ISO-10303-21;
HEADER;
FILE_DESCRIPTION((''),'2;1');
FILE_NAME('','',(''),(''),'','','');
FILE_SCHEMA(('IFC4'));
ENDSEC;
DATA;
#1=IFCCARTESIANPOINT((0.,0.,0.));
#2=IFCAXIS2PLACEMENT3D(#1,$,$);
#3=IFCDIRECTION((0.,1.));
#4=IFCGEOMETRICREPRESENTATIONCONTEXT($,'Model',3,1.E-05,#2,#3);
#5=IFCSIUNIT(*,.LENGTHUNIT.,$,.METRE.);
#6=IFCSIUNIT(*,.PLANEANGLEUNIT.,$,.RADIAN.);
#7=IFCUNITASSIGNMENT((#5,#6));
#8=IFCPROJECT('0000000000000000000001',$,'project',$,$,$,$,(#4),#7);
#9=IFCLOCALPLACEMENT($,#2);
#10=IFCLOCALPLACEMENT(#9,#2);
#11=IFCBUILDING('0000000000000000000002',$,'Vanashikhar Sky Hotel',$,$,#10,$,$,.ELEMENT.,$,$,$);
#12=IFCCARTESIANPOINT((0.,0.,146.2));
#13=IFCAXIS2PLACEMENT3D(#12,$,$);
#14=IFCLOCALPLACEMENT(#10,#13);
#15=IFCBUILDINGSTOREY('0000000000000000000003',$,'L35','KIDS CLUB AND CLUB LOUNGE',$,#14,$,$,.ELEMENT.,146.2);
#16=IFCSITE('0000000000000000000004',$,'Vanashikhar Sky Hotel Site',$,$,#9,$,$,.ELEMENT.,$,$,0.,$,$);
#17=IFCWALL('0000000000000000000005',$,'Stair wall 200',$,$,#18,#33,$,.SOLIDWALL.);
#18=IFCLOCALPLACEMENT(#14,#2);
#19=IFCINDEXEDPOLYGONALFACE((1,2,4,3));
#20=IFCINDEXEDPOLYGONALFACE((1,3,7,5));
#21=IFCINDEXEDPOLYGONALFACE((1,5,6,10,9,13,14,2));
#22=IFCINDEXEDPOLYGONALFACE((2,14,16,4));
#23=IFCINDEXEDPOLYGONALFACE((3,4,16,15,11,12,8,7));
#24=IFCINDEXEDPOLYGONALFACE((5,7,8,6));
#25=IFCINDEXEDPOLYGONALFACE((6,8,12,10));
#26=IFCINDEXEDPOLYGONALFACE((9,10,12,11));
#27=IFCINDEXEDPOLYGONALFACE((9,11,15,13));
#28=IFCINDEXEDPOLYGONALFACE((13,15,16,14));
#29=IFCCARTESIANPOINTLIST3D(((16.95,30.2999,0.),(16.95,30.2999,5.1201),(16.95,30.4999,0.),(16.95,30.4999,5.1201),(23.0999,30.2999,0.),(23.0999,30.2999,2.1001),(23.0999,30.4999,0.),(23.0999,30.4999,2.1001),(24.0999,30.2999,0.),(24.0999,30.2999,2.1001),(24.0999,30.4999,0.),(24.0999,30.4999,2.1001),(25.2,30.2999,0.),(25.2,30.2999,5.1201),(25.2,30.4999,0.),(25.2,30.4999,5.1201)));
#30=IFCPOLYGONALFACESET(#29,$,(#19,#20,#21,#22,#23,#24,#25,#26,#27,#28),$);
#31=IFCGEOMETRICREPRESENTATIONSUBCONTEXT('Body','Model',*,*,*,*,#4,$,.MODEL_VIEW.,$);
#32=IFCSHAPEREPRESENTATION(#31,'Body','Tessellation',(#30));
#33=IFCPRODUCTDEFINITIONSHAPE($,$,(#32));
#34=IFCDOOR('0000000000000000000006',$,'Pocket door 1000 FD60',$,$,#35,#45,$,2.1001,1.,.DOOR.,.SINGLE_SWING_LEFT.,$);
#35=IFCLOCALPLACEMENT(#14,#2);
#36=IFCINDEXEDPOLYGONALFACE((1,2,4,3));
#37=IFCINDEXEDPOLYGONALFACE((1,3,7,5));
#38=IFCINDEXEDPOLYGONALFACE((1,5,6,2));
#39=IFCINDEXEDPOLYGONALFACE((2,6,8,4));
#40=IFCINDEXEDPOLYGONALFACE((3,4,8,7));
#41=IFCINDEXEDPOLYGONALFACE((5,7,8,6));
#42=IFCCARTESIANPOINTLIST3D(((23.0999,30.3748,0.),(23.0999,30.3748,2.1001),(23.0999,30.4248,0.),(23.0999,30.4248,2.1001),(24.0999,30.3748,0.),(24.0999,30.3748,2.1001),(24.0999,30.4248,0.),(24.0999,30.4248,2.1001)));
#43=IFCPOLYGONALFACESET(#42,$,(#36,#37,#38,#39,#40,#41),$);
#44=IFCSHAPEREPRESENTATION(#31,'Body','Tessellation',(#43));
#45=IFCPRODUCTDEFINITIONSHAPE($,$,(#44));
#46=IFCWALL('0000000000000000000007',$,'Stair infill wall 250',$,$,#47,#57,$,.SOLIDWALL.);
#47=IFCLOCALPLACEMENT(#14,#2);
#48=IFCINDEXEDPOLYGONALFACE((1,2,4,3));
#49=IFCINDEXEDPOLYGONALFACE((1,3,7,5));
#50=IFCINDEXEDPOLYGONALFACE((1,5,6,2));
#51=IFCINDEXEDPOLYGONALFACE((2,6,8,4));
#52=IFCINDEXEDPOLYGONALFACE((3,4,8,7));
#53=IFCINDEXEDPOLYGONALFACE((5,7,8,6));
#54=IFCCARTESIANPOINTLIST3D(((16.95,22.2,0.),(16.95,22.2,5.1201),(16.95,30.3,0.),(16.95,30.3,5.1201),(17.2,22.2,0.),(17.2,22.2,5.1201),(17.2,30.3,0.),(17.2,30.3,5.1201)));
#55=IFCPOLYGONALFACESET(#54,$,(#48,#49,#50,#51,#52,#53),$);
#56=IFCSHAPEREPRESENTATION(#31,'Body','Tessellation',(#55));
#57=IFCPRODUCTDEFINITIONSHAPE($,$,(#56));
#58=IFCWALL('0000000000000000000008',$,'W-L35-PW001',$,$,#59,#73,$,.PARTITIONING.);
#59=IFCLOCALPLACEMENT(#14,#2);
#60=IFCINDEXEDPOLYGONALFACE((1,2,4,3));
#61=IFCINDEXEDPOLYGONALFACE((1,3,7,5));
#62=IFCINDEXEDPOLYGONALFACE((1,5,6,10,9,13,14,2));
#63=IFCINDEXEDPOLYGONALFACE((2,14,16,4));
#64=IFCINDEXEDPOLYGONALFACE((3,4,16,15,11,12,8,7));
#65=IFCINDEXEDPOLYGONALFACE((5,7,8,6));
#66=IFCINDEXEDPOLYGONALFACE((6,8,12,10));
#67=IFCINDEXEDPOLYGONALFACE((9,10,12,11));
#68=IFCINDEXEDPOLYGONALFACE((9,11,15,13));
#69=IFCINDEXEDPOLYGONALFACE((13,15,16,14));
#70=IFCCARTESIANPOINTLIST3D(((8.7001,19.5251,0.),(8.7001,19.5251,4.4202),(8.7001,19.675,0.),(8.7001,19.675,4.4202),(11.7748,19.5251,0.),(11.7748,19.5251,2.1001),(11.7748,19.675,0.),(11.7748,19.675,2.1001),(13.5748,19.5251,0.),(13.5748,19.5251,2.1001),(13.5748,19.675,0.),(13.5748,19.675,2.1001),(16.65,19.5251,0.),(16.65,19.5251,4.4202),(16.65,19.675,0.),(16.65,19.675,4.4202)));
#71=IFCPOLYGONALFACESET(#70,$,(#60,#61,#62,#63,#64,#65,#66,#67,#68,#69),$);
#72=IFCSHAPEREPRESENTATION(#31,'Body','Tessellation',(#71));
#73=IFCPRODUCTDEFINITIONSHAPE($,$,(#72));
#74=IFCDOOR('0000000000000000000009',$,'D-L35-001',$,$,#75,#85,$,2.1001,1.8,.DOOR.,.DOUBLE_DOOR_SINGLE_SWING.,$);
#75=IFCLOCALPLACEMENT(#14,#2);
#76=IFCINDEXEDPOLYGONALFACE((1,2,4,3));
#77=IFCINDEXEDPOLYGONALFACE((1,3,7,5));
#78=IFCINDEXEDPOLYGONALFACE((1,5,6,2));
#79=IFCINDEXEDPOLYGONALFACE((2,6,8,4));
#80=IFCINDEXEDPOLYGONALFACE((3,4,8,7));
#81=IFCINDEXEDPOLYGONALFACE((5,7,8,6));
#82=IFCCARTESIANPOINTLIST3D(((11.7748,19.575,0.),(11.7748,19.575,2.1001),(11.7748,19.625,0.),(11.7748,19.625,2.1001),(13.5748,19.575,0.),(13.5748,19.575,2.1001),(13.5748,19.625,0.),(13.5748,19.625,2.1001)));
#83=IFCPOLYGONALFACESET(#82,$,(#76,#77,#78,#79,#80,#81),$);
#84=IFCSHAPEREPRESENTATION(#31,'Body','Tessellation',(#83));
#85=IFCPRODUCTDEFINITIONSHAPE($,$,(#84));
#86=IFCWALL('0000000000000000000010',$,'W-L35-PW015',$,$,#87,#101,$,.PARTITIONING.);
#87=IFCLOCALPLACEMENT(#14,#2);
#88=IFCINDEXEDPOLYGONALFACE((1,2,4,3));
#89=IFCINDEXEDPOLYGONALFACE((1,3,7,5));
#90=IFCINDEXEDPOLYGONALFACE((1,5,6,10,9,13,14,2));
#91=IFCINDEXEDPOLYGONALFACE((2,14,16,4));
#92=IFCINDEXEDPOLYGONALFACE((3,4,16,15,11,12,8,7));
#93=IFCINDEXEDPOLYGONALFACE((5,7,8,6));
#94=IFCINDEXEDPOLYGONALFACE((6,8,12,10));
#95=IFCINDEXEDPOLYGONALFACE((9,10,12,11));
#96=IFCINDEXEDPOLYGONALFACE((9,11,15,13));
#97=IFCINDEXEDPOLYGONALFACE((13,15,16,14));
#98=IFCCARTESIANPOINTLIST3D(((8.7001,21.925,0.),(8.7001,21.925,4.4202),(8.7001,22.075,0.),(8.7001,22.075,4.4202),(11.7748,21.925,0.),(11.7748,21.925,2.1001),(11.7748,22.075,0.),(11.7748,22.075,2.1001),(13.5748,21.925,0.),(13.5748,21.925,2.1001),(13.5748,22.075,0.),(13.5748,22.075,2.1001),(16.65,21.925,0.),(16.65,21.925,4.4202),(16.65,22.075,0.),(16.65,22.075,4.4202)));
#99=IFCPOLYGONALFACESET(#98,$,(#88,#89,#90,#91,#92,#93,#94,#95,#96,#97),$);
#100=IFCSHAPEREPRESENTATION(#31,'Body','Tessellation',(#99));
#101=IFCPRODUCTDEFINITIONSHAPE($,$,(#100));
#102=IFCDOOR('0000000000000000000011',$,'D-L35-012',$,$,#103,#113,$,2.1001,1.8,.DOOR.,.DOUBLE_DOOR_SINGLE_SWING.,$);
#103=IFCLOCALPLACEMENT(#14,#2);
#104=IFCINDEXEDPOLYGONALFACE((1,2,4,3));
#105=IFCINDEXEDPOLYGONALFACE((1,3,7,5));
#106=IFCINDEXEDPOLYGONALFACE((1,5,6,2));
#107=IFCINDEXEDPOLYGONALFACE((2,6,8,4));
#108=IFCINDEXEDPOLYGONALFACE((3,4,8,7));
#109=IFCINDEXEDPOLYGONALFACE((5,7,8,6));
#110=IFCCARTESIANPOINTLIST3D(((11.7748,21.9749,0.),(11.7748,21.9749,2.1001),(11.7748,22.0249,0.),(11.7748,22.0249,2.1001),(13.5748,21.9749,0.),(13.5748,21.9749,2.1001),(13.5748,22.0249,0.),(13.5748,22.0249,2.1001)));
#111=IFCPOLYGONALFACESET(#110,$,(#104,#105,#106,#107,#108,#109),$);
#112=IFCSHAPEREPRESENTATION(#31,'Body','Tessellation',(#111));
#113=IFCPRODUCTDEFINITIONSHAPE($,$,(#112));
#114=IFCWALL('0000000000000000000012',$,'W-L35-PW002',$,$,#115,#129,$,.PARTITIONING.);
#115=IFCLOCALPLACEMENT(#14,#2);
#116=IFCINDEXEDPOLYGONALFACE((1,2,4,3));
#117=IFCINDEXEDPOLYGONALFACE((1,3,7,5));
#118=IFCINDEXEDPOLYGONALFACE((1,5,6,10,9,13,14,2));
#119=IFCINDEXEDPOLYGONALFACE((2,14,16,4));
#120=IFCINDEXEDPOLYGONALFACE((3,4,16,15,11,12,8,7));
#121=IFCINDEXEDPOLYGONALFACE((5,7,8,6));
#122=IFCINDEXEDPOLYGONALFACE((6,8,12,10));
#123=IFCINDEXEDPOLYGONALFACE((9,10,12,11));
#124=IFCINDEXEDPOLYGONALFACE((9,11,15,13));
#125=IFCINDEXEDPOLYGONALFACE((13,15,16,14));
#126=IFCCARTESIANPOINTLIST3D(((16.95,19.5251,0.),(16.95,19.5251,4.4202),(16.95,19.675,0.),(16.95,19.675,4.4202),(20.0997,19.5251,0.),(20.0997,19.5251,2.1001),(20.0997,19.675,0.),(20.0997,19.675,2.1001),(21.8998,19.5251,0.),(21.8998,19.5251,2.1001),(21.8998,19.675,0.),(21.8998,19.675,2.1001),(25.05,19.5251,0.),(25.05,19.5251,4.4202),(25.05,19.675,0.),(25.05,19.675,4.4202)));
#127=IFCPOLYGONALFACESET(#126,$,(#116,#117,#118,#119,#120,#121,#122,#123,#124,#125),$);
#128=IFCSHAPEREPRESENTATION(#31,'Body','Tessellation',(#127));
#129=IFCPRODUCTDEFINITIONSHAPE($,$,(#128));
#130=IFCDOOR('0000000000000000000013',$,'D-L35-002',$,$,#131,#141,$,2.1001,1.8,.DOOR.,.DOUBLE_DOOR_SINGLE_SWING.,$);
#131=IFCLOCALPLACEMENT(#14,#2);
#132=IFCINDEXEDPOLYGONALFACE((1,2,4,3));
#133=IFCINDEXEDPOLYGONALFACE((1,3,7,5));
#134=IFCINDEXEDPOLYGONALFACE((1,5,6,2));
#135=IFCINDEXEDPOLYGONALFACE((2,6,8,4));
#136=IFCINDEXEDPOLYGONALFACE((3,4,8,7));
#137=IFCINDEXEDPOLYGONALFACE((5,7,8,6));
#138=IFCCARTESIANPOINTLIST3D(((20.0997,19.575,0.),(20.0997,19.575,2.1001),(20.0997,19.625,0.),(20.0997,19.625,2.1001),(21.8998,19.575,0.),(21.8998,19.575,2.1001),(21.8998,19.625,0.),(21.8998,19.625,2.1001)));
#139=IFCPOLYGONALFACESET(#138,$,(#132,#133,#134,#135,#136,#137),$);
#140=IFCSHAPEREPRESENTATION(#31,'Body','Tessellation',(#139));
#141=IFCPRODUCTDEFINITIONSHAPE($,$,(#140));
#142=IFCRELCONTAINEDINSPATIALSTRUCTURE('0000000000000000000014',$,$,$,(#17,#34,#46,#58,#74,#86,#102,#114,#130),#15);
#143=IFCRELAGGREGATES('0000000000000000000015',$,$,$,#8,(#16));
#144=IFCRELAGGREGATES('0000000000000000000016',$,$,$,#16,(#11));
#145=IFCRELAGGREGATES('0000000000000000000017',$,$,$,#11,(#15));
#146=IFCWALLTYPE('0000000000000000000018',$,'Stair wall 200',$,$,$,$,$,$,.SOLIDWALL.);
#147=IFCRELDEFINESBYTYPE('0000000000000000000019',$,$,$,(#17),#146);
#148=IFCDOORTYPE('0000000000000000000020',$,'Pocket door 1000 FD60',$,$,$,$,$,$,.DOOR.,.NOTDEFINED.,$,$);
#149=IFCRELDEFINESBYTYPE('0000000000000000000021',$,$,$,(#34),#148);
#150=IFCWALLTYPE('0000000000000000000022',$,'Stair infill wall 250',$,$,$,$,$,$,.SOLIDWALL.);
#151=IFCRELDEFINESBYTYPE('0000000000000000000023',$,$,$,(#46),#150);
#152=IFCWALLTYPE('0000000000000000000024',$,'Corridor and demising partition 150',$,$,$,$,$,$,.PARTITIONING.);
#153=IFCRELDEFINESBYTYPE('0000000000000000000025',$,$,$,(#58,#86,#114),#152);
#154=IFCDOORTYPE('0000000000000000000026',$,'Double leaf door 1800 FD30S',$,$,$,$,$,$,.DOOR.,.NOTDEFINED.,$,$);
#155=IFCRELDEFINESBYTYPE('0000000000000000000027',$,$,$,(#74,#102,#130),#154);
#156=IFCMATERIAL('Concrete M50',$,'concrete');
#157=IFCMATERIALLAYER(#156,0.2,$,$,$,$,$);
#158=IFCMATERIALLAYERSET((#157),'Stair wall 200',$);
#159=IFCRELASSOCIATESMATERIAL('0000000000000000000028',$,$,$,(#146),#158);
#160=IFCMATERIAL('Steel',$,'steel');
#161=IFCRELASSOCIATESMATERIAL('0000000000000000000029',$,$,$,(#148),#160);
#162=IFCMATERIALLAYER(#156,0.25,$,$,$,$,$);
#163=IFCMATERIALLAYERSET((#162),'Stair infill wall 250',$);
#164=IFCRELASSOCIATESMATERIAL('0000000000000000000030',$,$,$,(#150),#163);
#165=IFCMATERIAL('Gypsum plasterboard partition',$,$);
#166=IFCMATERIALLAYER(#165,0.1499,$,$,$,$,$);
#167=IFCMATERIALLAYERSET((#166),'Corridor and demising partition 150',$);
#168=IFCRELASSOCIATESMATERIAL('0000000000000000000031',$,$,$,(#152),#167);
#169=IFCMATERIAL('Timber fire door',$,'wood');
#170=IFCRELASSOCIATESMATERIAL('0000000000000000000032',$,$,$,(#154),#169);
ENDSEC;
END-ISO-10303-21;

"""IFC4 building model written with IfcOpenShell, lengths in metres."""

from ifc_helpers import new_model, si_unit, direction, frame, frame_2d, origin, place, context, subcontext, project, spatial, rectangle, extrude, source, transform, mapped, material, layer, layer_set, type_object, element, fill, save


model = new_model("IFC4")

# Units and contexts
model_context = context("Model", 3, precision=1e-05, world=origin(), true_north=direction((0.0, 1.0)))
body_context = subcontext(model_context, "Body", "Model", "MODEL_VIEW")
ifc_project = project(units=[si_unit("LENGTHUNIT", "METRE"), si_unit("PLANEANGLEUNIT", "RADIAN")], contexts=[model_context])

# Site, building, storey
site_placement = place(None, origin())
site = spatial("IfcSite", under=ifc_project, at=site_placement, Name="Vanashikhar Sky Hotel Site", CompositionType="ELEMENT", RefElevation=0.0)
building_placement = place(site_placement, origin())
building = spatial("IfcBuilding", under=site, at=building_placement, Name="Vanashikhar Sky Hotel", CompositionType="ELEMENT")
storey_placement = place(building_placement, frame((0.0, 0.0, 146.2)))
storey = spatial("IfcBuildingStorey", under=building, at=storey_placement, Name="L35", Description="KIDS CLUB AND CLUB LOUNGE", CompositionType="ELEMENT", Elevation=146.2)

# Shared definitions
ifc_material_1 = material(Name="Concrete M50", Category="concrete")

# Wall, opening, door
ifc_layer_1 = layer(ifc_material_1, 0.2)
ifc_layer_set_1 = layer_set([ifc_layer_1], Name="Stair wall 200")
wall_type_1 = type_object("IfcWallType", Name="Stair wall 200", PredefinedType="SOLIDWALL", material=ifc_layer_set_1)
shared_shape_1 = source(origin(), body_context, "Body", "SweptSolid", [
    extrude(rectangle(XDim=8.25, YDim=0.2, at=frame_2d((4.125, 0.0))), origin(), (0.0, 0.0, 1.0), 5.1201),
])
ifc_material_2 = material(Name="Steel", Category="steel")
wall_1_placement = place(storey_placement, frame((16.95, 30.3999, 0.0), z_axis=(0.0, 0.0, 1.0), x_axis=(1.0, 0.0, 0.0)))
wall_1 = element("IfcWall", 1, at=wall_1_placement, inside=storey, type_object=wall_type_1, Name="Stair wall 200", PredefinedType="SOLIDWALL", context=body_context, shape_type="MappedRepresentation", body=[
    mapped(shared_shape_1, transform((0.0, 0.0, 0.0), scale=1.0)),
])
shared_shape_2 = source(origin(), body_context, "Body", "SweptSolid", [
    extrude(rectangle(XDim=1.0, YDim=2.1001, at=frame_2d((0.5, 1.05))), frame((0.0, 0.1099, 0.0), z_axis=(0.0, -1.0, 0.0), x_axis=(1.0, 0.0, 0.0)), (0.0, 0.0, 1.0), 0.22),
])
opening_1_placement = place(wall_1_placement, frame((6.1499, 0.0, 0.0)))
opening_1 = element("IfcOpeningElement", 2, at=opening_1_placement, cuts=wall_1, PredefinedType="OPENING", context=body_context, shape_type="MappedRepresentation", body=[
    mapped(shared_shape_2, transform((0.0, 0.0, 0.0), scale=1.0)),
])
door_type_1 = type_object("IfcDoorType", Name="Pocket door 1000 FD60", OperationType="NOTDEFINED", PredefinedType="DOOR", material=ifc_material_2)
shared_shape_3 = source(origin(), body_context, "Body", "SweptSolid", [
    extrude(rectangle(XDim=1.0, YDim=2.1001, at=frame_2d((0.5, 1.05))), frame((0.0, 0.0249, 0.0), z_axis=(0.0, -1.0, 0.0), x_axis=(1.0, 0.0, 0.0)), (0.0, 0.0, 1.0), 0.05),
])
door_1_placement = place(opening_1_placement, origin())
door_1 = element("IfcDoor", 3, at=door_1_placement, inside=storey, type_object=door_type_1, Name="Pocket door 1000 FD60", OperationType="SINGLE_SWING_LEFT", OverallHeight=2.1001, OverallWidth=1.0, PredefinedType="DOOR", context=body_context, shape_type="MappedRepresentation", body=[
    mapped(shared_shape_3, transform((0.0, 0.0, 0.0), scale=1.0)),
])
fill(opening_1, door_1)

# Wall
ifc_layer_2 = layer(ifc_material_1, 0.25)
ifc_layer_set_2 = layer_set([ifc_layer_2], Name="Stair infill wall 250")
wall_type_2 = type_object("IfcWallType", Name="Stair infill wall 250", PredefinedType="SOLIDWALL", material=ifc_layer_set_2)
shared_shape_4 = source(origin(), body_context, "Body", "SweptSolid", [
    extrude(rectangle(XDim=8.1001, YDim=0.25, at=frame_2d((4.05, 0.0))), origin(), (0.0, 0.0, 1.0), 5.1201),
])
wall_2_placement = place(storey_placement, frame((17.075, 22.2, 0.0), z_axis=(0.0, 0.0, 1.0), x_axis=(0.0, 1.0, 0.0)))
element("IfcWall", 4, at=wall_2_placement, inside=storey, type_object=wall_type_2, Name="Stair infill wall 250", PredefinedType="SOLIDWALL", context=body_context, shape_type="MappedRepresentation", body=[
    mapped(shared_shape_4, transform((0.0, 0.0, 0.0), scale=1.0)),
])

# Walls, openings, doors
ifc_material_3 = material(Name="Gypsum plasterboard partition")
ifc_layer_3 = layer(ifc_material_3, 0.1499)
ifc_layer_set_3 = layer_set([ifc_layer_3], Name="Corridor and demising partition 150")
wall_type_3 = type_object("IfcWallType", Name="Corridor and demising partition 150", PredefinedType="PARTITIONING", material=ifc_layer_set_3)
shared_shape_5 = source(origin(), body_context, "Body", "SweptSolid", [
    extrude(rectangle(XDim=7.95, YDim=0.1499, at=frame_2d((3.9751, 0.0))), origin(), (0.0, 0.0, 1.0), 4.4202),
])
wall_3_placement = place(storey_placement, frame((8.7, 19.6001, 0.0), z_axis=(0.0, 0.0, 1.0), x_axis=(1.0, 0.0, 0.0)))
wall_3 = element("IfcWall", 5, at=wall_3_placement, inside=storey, type_object=wall_type_3, Name="W-L35-PW001", PredefinedType="PARTITIONING", context=body_context, shape_type="MappedRepresentation", body=[
    mapped(shared_shape_5, transform((0.0, 0.0, 0.0), scale=1.0)),
])
shared_shape_6 = source(origin(), body_context, "Body", "SweptSolid", [
    extrude(rectangle(XDim=1.8, YDim=2.1001, at=frame_2d((0.8999, 1.05))), frame((0.0, 0.085, 0.0), z_axis=(0.0, -1.0, 0.0), x_axis=(1.0, 0.0, 0.0)), (0.0, 0.0, 1.0), 0.1699),
])
opening_2_placement = place(wall_3_placement, frame((3.075, 0.0, 0.0)))
opening_2 = element("IfcOpeningElement", 6, at=opening_2_placement, cuts=wall_3, PredefinedType="OPENING", context=body_context, shape_type="MappedRepresentation", body=[
    mapped(shared_shape_6, transform((0.0, 0.0, 0.0), scale=1.0)),
])
ifc_material_4 = material(Name="Timber fire door", Category="wood")
door_type_2 = type_object("IfcDoorType", Name="Double leaf door 1800 FD30S", OperationType="NOTDEFINED", PredefinedType="DOOR", material=ifc_material_4)
shared_shape_7 = source(origin(), body_context, "Body", "SweptSolid", [
    extrude(rectangle(XDim=1.8, YDim=2.1001, at=frame_2d((0.8999, 1.05))), frame((0.0, 0.0249, 0.0), z_axis=(0.0, -1.0, 0.0), x_axis=(1.0, 0.0, 0.0)), (0.0, 0.0, 1.0), 0.05),
])
door_2_placement = place(opening_2_placement, origin())
door_2 = element("IfcDoor", 7, at=door_2_placement, inside=storey, type_object=door_type_2, Name="D-L35-001", OperationType="DOUBLE_DOOR_SINGLE_SWING", OverallHeight=2.1001, OverallWidth=1.8, PredefinedType="DOOR", context=body_context, shape_type="MappedRepresentation", body=[
    mapped(shared_shape_7, transform((0.0, 0.0, 0.0), scale=1.0)),
])
fill(opening_2, door_2)
wall_4_placement = place(storey_placement, frame((8.7, 22.0, 0.0), z_axis=(0.0, 0.0, 1.0), x_axis=(1.0, 0.0, 0.0)))
wall_4 = element("IfcWall", 8, at=wall_4_placement, inside=storey, type_object=wall_type_3, Name="W-L35-PW015", PredefinedType="PARTITIONING", context=body_context, shape_type="MappedRepresentation", body=[
    mapped(shared_shape_5, transform((0.0, 0.0, 0.0), scale=1.0)),
])
opening_3_placement = place(wall_4_placement, frame((3.075, 0.0, 0.0)))
opening_3 = element("IfcOpeningElement", 9, at=opening_3_placement, cuts=wall_4, PredefinedType="OPENING", context=body_context, shape_type="MappedRepresentation", body=[
    mapped(shared_shape_6, transform((0.0, 0.0, 0.0), scale=1.0)),
])
door_3_placement = place(opening_3_placement, origin())
door_3 = element("IfcDoor", 10, at=door_3_placement, inside=storey, type_object=door_type_2, Name="D-L35-012", OperationType="DOUBLE_DOOR_SINGLE_SWING", OverallHeight=2.1001, OverallWidth=1.8, PredefinedType="DOOR", context=body_context, shape_type="MappedRepresentation", body=[
    mapped(shared_shape_7, transform((0.0, 0.0, 0.0), scale=1.0)),
])
fill(opening_3, door_3)
shared_shape_8 = source(origin(), body_context, "Body", "SweptSolid", [
    extrude(rectangle(XDim=8.1001, YDim=0.1499, at=frame_2d((4.05, 0.0))), origin(), (0.0, 0.0, 1.0), 4.4202),
])
wall_5_placement = place(storey_placement, frame((16.95, 19.6001, 0.0), z_axis=(0.0, 0.0, 1.0), x_axis=(1.0, 0.0, 0.0)))
wall_5 = element("IfcWall", 11, at=wall_5_placement, inside=storey, type_object=wall_type_3, Name="W-L35-PW002", PredefinedType="PARTITIONING", context=body_context, shape_type="MappedRepresentation", body=[
    mapped(shared_shape_8, transform((0.0, 0.0, 0.0), scale=1.0)),
])
opening_4_placement = place(wall_5_placement, frame((3.1499, 0.0, 0.0)))
opening_4 = element("IfcOpeningElement", 12, at=opening_4_placement, cuts=wall_5, PredefinedType="OPENING", context=body_context, shape_type="MappedRepresentation", body=[
    mapped(shared_shape_6, transform((0.0, 0.0, 0.0), scale=1.0)),
])
door_4_placement = place(opening_4_placement, origin())
door_4 = element("IfcDoor", 13, at=door_4_placement, inside=storey, type_object=door_type_2, Name="D-L35-002", OperationType="DOUBLE_DOOR_SINGLE_SWING", OverallHeight=2.1001, OverallWidth=1.8, PredefinedType="DOOR", context=body_context, shape_type="MappedRepresentation", body=[
    mapped(shared_shape_7, transform((0.0, 0.0, 0.0), scale=1.0)),
])
fill(opening_4, door_4)

save(model, "model.ifc")
